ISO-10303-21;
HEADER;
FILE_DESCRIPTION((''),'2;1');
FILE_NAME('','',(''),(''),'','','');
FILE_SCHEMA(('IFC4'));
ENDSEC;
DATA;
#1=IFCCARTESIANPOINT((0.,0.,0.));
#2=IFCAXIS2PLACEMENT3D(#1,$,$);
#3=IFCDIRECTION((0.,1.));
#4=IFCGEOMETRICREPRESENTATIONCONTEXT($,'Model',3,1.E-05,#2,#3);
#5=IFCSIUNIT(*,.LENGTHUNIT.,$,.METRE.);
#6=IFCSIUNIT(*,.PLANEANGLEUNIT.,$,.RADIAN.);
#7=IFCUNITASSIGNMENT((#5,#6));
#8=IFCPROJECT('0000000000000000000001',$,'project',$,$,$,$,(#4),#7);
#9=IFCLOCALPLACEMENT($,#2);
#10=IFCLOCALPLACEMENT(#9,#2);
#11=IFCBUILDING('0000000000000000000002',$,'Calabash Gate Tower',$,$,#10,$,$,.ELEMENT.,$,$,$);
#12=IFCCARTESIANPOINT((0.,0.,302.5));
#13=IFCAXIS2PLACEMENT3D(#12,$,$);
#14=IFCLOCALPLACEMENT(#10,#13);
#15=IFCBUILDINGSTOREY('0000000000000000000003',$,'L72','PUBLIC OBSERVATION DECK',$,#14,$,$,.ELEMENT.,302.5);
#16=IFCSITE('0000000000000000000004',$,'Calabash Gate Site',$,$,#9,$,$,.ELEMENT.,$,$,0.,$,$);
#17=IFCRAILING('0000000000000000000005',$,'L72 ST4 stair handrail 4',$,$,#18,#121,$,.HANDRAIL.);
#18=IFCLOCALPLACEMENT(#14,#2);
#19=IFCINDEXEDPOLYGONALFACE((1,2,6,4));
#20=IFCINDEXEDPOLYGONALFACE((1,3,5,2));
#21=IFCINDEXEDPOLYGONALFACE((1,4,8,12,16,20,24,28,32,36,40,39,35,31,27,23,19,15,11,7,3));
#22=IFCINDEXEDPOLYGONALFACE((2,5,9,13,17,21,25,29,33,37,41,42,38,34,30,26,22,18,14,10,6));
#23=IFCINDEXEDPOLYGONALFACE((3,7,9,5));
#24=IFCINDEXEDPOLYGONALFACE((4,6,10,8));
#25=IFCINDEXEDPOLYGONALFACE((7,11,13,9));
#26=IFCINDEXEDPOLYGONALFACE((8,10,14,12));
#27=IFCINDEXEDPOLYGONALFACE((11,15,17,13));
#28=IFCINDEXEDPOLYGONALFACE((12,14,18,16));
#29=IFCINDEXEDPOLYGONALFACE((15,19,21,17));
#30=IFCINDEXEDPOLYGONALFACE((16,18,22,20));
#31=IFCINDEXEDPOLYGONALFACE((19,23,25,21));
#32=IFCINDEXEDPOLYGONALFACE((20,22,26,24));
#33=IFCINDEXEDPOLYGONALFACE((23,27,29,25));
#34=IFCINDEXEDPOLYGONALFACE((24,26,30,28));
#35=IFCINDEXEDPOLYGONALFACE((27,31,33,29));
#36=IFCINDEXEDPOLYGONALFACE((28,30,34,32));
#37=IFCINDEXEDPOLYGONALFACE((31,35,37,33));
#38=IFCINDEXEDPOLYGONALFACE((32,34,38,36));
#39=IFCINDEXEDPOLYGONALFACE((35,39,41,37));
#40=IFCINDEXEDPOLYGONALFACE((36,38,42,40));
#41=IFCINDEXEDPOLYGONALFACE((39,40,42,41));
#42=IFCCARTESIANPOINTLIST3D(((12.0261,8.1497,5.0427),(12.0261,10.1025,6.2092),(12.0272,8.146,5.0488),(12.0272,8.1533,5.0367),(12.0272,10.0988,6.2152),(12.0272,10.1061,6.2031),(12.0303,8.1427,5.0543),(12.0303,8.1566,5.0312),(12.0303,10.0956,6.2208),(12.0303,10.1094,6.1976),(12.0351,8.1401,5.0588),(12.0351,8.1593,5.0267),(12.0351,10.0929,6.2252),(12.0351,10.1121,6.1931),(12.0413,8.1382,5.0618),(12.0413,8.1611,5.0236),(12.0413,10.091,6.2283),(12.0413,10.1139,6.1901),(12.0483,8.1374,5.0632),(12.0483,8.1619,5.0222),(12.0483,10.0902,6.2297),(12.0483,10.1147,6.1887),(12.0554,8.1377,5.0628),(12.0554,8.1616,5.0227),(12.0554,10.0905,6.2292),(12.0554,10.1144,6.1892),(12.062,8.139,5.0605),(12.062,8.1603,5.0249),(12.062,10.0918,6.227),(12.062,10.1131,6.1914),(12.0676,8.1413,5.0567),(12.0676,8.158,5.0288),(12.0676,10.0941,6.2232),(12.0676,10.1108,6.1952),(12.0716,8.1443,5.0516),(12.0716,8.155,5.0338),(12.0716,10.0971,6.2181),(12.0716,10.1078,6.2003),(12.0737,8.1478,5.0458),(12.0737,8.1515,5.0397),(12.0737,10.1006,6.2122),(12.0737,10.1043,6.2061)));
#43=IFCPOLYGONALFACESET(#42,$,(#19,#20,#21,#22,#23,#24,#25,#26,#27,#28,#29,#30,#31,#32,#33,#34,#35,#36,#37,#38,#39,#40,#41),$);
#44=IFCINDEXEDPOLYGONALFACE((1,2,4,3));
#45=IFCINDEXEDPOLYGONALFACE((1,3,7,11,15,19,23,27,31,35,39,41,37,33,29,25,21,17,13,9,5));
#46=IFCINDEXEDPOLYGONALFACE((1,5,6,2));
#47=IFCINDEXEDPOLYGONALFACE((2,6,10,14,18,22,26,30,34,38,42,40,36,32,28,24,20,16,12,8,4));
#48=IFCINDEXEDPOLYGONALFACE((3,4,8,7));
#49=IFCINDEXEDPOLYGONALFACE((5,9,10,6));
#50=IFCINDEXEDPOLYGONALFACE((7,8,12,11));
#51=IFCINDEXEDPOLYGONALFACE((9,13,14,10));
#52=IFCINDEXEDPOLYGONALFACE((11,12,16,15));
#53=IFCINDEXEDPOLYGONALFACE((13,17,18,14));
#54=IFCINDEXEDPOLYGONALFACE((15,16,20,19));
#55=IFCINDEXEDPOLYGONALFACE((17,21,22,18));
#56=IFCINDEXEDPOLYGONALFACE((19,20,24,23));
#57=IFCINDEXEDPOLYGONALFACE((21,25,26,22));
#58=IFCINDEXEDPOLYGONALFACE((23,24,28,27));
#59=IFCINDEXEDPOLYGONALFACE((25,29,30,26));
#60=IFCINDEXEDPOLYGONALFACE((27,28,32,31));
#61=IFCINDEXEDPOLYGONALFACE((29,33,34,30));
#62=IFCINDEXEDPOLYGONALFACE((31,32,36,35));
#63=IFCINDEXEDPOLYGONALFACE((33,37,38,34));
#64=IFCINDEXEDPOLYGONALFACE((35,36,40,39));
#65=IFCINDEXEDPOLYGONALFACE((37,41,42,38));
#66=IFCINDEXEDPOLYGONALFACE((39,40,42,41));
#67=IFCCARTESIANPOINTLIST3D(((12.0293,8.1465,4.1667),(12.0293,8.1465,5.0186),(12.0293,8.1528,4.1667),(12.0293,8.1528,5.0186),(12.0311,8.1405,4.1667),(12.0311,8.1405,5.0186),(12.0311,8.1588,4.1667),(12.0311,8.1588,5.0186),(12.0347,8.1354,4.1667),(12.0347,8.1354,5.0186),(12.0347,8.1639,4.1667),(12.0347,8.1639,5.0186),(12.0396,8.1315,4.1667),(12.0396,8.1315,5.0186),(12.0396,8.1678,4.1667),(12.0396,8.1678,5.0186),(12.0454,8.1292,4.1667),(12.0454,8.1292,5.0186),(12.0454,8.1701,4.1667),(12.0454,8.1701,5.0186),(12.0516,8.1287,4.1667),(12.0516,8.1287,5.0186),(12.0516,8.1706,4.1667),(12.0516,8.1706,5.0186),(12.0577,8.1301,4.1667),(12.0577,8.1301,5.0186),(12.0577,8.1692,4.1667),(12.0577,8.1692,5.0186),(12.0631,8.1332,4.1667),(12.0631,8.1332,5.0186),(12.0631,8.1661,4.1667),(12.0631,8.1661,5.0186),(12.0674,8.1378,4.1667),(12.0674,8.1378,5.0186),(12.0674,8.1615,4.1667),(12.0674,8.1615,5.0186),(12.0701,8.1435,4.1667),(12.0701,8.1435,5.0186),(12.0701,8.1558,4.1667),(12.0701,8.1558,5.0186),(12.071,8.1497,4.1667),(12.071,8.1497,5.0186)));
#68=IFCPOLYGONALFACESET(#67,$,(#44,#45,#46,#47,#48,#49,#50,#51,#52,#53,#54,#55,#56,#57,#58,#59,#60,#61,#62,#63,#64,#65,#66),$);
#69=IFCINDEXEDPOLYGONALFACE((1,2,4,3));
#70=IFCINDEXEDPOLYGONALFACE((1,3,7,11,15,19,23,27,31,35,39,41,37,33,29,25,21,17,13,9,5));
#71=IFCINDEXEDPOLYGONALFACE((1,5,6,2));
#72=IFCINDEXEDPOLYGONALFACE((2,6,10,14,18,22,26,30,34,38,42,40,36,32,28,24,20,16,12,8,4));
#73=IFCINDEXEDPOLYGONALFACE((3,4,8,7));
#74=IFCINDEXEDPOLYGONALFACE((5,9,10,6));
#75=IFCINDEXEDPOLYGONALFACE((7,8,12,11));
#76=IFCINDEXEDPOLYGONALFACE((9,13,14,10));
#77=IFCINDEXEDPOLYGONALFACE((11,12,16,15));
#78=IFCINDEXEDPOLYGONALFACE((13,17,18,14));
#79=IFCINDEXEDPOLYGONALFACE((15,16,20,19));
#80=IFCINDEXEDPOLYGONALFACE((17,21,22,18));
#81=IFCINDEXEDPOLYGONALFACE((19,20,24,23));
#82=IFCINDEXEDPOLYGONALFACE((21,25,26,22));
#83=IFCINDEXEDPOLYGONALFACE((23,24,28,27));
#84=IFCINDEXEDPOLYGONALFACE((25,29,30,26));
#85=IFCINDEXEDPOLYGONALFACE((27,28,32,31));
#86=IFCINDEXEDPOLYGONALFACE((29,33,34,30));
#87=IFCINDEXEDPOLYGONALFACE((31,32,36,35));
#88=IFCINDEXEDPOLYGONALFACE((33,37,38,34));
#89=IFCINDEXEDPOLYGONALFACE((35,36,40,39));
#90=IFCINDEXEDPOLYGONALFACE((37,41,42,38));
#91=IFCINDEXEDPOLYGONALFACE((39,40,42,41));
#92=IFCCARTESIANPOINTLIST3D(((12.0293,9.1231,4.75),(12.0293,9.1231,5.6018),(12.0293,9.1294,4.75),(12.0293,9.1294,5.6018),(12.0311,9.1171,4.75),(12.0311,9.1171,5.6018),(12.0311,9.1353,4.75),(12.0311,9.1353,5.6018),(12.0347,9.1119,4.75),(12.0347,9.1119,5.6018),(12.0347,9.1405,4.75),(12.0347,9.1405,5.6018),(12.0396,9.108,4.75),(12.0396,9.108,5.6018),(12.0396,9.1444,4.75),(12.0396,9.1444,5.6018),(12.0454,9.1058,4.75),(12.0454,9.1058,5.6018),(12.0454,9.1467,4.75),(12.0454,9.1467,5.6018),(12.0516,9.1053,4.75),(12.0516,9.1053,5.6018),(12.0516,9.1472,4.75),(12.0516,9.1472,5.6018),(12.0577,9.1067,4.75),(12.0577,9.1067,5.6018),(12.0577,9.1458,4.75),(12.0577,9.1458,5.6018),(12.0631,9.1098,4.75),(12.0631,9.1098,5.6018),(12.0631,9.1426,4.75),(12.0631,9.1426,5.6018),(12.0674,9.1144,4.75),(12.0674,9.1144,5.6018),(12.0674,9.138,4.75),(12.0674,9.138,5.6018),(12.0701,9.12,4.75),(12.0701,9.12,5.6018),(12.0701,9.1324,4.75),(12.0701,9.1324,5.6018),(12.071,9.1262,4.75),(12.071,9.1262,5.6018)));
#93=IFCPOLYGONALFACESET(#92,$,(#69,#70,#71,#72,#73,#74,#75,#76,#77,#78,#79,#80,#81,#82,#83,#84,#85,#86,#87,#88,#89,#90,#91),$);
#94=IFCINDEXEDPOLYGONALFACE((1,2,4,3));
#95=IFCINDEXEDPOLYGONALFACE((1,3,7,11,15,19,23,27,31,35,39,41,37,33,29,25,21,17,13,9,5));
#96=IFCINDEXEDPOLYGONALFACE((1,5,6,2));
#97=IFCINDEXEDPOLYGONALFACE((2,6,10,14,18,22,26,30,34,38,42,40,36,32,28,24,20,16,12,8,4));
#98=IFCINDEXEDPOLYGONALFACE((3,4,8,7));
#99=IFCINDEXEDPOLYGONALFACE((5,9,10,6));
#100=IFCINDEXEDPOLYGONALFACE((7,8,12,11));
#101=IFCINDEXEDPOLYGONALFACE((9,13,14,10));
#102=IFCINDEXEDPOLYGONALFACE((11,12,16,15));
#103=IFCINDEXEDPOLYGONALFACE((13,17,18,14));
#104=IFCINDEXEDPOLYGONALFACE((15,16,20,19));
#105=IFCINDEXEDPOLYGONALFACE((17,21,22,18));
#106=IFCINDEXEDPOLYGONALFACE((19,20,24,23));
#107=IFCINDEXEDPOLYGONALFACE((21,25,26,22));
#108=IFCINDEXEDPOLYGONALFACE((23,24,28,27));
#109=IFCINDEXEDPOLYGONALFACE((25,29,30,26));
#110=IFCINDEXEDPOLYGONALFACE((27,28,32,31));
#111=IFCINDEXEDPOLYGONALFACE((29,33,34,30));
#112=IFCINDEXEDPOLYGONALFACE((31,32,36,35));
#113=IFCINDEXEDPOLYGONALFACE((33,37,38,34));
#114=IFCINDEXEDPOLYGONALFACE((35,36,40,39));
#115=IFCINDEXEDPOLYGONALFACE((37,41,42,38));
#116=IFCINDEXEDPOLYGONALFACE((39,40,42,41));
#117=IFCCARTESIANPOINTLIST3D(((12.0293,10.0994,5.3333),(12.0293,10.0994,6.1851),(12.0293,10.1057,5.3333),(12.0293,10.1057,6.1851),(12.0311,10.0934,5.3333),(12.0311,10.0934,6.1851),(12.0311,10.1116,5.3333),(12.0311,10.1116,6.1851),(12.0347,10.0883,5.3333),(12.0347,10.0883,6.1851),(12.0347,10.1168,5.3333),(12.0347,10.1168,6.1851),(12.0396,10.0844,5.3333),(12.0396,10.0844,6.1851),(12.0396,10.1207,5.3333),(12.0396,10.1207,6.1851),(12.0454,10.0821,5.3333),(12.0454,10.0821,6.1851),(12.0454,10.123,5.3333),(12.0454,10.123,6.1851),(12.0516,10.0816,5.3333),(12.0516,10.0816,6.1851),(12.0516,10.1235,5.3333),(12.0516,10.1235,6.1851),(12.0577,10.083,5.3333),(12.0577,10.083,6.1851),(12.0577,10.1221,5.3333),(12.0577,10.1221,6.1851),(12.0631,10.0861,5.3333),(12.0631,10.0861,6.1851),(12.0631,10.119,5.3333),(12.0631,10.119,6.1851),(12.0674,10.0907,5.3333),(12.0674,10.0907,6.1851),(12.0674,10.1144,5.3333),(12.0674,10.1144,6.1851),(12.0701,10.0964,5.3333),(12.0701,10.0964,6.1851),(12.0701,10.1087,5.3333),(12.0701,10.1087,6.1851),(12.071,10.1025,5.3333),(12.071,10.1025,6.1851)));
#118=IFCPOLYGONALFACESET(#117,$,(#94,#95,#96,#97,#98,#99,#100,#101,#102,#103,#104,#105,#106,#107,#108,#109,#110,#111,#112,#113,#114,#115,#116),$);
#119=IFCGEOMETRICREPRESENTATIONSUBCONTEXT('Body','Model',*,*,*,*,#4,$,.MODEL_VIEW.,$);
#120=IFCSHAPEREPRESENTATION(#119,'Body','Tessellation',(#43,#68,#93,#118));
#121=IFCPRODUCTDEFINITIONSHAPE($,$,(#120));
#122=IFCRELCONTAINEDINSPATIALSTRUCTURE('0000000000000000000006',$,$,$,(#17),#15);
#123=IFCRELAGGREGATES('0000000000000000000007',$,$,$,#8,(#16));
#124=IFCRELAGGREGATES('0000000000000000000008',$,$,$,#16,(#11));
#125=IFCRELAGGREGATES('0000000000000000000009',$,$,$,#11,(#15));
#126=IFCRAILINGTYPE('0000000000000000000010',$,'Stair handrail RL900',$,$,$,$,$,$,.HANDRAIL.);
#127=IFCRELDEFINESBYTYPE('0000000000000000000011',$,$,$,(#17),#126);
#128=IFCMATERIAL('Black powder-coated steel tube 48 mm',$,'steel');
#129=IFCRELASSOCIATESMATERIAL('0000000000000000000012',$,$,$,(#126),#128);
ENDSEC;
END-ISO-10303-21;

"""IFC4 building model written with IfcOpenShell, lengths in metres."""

from ifc_helpers import new_model, si_unit, direction, frame, origin, origin_2d, place, context, subcontext, project, spatial, circle, extrude, material, type_object, element, save


model = new_model("IFC4")

# Units and contexts
model_context = context("Model", 3, precision=1e-05, world=origin(), true_north=direction((0.0, 1.0)))
body_context = subcontext(model_context, "Body", "Model", "MODEL_VIEW")
ifc_project = project(units=[si_unit("LENGTHUNIT", "METRE"), si_unit("PLANEANGLEUNIT", "RADIAN")], contexts=[model_context])

# Site, building, storey
site_placement = place(None, origin())
site = spatial("IfcSite", under=ifc_project, at=site_placement, Name="Calabash Gate Site", CompositionType="ELEMENT", RefElevation=0.0)
building_placement = place(site_placement, origin())
building = spatial("IfcBuilding", under=site, at=building_placement, Name="Calabash Gate Tower", CompositionType="ELEMENT")
storey_placement = place(building_placement, frame((0.0, 0.0, 302.5)))
storey = spatial("IfcBuildingStorey", under=building, at=storey_placement, Name="L72", Description="PUBLIC OBSERVATION DECK", CompositionType="ELEMENT", Elevation=302.5)

# Railing
ifc_material_1 = material(Name="Black powder-coated steel tube 48 mm", Category="steel")
railing_type_1 = type_object("IfcRailingType", Name="Stair handrail RL900", PredefinedType="HANDRAIL", material=ifc_material_1)
railing_1_placement = place(storey_placement, frame((12.05, 8.1497, 4.1667)))
element("IfcRailing", 1, at=railing_1_placement, inside=storey, type_object=railing_type_1, Name="L72 ST4 stair handrail 4", PredefinedType="HANDRAIL", context=body_context, shape_type="SweptSolid", body=[
    extrude(circle(Radius=0.0239, at=origin_2d()), frame((0.0, 0.0, 0.876), z_axis=(0.0, 0.858505, 0.512806), x_axis=(-1.0, 0.0, 0.0)), (0.0, 0.0, 1.0), 2.2747),
    extrude(circle(Radius=0.021, at=origin_2d()), origin(), (0.0, 0.0, 1.0), 0.8518),
    extrude(circle(Radius=0.021, at=origin_2d()), frame((0.0, 0.9766, 0.5833)), (0.0, 0.0, 1.0), 0.8518),
    extrude(circle(Radius=0.021, at=origin_2d()), frame((0.0, 1.9529, 1.1665)), (0.0, 0.0, 1.0), 0.8518),
])

save(model, "model.ifc")
